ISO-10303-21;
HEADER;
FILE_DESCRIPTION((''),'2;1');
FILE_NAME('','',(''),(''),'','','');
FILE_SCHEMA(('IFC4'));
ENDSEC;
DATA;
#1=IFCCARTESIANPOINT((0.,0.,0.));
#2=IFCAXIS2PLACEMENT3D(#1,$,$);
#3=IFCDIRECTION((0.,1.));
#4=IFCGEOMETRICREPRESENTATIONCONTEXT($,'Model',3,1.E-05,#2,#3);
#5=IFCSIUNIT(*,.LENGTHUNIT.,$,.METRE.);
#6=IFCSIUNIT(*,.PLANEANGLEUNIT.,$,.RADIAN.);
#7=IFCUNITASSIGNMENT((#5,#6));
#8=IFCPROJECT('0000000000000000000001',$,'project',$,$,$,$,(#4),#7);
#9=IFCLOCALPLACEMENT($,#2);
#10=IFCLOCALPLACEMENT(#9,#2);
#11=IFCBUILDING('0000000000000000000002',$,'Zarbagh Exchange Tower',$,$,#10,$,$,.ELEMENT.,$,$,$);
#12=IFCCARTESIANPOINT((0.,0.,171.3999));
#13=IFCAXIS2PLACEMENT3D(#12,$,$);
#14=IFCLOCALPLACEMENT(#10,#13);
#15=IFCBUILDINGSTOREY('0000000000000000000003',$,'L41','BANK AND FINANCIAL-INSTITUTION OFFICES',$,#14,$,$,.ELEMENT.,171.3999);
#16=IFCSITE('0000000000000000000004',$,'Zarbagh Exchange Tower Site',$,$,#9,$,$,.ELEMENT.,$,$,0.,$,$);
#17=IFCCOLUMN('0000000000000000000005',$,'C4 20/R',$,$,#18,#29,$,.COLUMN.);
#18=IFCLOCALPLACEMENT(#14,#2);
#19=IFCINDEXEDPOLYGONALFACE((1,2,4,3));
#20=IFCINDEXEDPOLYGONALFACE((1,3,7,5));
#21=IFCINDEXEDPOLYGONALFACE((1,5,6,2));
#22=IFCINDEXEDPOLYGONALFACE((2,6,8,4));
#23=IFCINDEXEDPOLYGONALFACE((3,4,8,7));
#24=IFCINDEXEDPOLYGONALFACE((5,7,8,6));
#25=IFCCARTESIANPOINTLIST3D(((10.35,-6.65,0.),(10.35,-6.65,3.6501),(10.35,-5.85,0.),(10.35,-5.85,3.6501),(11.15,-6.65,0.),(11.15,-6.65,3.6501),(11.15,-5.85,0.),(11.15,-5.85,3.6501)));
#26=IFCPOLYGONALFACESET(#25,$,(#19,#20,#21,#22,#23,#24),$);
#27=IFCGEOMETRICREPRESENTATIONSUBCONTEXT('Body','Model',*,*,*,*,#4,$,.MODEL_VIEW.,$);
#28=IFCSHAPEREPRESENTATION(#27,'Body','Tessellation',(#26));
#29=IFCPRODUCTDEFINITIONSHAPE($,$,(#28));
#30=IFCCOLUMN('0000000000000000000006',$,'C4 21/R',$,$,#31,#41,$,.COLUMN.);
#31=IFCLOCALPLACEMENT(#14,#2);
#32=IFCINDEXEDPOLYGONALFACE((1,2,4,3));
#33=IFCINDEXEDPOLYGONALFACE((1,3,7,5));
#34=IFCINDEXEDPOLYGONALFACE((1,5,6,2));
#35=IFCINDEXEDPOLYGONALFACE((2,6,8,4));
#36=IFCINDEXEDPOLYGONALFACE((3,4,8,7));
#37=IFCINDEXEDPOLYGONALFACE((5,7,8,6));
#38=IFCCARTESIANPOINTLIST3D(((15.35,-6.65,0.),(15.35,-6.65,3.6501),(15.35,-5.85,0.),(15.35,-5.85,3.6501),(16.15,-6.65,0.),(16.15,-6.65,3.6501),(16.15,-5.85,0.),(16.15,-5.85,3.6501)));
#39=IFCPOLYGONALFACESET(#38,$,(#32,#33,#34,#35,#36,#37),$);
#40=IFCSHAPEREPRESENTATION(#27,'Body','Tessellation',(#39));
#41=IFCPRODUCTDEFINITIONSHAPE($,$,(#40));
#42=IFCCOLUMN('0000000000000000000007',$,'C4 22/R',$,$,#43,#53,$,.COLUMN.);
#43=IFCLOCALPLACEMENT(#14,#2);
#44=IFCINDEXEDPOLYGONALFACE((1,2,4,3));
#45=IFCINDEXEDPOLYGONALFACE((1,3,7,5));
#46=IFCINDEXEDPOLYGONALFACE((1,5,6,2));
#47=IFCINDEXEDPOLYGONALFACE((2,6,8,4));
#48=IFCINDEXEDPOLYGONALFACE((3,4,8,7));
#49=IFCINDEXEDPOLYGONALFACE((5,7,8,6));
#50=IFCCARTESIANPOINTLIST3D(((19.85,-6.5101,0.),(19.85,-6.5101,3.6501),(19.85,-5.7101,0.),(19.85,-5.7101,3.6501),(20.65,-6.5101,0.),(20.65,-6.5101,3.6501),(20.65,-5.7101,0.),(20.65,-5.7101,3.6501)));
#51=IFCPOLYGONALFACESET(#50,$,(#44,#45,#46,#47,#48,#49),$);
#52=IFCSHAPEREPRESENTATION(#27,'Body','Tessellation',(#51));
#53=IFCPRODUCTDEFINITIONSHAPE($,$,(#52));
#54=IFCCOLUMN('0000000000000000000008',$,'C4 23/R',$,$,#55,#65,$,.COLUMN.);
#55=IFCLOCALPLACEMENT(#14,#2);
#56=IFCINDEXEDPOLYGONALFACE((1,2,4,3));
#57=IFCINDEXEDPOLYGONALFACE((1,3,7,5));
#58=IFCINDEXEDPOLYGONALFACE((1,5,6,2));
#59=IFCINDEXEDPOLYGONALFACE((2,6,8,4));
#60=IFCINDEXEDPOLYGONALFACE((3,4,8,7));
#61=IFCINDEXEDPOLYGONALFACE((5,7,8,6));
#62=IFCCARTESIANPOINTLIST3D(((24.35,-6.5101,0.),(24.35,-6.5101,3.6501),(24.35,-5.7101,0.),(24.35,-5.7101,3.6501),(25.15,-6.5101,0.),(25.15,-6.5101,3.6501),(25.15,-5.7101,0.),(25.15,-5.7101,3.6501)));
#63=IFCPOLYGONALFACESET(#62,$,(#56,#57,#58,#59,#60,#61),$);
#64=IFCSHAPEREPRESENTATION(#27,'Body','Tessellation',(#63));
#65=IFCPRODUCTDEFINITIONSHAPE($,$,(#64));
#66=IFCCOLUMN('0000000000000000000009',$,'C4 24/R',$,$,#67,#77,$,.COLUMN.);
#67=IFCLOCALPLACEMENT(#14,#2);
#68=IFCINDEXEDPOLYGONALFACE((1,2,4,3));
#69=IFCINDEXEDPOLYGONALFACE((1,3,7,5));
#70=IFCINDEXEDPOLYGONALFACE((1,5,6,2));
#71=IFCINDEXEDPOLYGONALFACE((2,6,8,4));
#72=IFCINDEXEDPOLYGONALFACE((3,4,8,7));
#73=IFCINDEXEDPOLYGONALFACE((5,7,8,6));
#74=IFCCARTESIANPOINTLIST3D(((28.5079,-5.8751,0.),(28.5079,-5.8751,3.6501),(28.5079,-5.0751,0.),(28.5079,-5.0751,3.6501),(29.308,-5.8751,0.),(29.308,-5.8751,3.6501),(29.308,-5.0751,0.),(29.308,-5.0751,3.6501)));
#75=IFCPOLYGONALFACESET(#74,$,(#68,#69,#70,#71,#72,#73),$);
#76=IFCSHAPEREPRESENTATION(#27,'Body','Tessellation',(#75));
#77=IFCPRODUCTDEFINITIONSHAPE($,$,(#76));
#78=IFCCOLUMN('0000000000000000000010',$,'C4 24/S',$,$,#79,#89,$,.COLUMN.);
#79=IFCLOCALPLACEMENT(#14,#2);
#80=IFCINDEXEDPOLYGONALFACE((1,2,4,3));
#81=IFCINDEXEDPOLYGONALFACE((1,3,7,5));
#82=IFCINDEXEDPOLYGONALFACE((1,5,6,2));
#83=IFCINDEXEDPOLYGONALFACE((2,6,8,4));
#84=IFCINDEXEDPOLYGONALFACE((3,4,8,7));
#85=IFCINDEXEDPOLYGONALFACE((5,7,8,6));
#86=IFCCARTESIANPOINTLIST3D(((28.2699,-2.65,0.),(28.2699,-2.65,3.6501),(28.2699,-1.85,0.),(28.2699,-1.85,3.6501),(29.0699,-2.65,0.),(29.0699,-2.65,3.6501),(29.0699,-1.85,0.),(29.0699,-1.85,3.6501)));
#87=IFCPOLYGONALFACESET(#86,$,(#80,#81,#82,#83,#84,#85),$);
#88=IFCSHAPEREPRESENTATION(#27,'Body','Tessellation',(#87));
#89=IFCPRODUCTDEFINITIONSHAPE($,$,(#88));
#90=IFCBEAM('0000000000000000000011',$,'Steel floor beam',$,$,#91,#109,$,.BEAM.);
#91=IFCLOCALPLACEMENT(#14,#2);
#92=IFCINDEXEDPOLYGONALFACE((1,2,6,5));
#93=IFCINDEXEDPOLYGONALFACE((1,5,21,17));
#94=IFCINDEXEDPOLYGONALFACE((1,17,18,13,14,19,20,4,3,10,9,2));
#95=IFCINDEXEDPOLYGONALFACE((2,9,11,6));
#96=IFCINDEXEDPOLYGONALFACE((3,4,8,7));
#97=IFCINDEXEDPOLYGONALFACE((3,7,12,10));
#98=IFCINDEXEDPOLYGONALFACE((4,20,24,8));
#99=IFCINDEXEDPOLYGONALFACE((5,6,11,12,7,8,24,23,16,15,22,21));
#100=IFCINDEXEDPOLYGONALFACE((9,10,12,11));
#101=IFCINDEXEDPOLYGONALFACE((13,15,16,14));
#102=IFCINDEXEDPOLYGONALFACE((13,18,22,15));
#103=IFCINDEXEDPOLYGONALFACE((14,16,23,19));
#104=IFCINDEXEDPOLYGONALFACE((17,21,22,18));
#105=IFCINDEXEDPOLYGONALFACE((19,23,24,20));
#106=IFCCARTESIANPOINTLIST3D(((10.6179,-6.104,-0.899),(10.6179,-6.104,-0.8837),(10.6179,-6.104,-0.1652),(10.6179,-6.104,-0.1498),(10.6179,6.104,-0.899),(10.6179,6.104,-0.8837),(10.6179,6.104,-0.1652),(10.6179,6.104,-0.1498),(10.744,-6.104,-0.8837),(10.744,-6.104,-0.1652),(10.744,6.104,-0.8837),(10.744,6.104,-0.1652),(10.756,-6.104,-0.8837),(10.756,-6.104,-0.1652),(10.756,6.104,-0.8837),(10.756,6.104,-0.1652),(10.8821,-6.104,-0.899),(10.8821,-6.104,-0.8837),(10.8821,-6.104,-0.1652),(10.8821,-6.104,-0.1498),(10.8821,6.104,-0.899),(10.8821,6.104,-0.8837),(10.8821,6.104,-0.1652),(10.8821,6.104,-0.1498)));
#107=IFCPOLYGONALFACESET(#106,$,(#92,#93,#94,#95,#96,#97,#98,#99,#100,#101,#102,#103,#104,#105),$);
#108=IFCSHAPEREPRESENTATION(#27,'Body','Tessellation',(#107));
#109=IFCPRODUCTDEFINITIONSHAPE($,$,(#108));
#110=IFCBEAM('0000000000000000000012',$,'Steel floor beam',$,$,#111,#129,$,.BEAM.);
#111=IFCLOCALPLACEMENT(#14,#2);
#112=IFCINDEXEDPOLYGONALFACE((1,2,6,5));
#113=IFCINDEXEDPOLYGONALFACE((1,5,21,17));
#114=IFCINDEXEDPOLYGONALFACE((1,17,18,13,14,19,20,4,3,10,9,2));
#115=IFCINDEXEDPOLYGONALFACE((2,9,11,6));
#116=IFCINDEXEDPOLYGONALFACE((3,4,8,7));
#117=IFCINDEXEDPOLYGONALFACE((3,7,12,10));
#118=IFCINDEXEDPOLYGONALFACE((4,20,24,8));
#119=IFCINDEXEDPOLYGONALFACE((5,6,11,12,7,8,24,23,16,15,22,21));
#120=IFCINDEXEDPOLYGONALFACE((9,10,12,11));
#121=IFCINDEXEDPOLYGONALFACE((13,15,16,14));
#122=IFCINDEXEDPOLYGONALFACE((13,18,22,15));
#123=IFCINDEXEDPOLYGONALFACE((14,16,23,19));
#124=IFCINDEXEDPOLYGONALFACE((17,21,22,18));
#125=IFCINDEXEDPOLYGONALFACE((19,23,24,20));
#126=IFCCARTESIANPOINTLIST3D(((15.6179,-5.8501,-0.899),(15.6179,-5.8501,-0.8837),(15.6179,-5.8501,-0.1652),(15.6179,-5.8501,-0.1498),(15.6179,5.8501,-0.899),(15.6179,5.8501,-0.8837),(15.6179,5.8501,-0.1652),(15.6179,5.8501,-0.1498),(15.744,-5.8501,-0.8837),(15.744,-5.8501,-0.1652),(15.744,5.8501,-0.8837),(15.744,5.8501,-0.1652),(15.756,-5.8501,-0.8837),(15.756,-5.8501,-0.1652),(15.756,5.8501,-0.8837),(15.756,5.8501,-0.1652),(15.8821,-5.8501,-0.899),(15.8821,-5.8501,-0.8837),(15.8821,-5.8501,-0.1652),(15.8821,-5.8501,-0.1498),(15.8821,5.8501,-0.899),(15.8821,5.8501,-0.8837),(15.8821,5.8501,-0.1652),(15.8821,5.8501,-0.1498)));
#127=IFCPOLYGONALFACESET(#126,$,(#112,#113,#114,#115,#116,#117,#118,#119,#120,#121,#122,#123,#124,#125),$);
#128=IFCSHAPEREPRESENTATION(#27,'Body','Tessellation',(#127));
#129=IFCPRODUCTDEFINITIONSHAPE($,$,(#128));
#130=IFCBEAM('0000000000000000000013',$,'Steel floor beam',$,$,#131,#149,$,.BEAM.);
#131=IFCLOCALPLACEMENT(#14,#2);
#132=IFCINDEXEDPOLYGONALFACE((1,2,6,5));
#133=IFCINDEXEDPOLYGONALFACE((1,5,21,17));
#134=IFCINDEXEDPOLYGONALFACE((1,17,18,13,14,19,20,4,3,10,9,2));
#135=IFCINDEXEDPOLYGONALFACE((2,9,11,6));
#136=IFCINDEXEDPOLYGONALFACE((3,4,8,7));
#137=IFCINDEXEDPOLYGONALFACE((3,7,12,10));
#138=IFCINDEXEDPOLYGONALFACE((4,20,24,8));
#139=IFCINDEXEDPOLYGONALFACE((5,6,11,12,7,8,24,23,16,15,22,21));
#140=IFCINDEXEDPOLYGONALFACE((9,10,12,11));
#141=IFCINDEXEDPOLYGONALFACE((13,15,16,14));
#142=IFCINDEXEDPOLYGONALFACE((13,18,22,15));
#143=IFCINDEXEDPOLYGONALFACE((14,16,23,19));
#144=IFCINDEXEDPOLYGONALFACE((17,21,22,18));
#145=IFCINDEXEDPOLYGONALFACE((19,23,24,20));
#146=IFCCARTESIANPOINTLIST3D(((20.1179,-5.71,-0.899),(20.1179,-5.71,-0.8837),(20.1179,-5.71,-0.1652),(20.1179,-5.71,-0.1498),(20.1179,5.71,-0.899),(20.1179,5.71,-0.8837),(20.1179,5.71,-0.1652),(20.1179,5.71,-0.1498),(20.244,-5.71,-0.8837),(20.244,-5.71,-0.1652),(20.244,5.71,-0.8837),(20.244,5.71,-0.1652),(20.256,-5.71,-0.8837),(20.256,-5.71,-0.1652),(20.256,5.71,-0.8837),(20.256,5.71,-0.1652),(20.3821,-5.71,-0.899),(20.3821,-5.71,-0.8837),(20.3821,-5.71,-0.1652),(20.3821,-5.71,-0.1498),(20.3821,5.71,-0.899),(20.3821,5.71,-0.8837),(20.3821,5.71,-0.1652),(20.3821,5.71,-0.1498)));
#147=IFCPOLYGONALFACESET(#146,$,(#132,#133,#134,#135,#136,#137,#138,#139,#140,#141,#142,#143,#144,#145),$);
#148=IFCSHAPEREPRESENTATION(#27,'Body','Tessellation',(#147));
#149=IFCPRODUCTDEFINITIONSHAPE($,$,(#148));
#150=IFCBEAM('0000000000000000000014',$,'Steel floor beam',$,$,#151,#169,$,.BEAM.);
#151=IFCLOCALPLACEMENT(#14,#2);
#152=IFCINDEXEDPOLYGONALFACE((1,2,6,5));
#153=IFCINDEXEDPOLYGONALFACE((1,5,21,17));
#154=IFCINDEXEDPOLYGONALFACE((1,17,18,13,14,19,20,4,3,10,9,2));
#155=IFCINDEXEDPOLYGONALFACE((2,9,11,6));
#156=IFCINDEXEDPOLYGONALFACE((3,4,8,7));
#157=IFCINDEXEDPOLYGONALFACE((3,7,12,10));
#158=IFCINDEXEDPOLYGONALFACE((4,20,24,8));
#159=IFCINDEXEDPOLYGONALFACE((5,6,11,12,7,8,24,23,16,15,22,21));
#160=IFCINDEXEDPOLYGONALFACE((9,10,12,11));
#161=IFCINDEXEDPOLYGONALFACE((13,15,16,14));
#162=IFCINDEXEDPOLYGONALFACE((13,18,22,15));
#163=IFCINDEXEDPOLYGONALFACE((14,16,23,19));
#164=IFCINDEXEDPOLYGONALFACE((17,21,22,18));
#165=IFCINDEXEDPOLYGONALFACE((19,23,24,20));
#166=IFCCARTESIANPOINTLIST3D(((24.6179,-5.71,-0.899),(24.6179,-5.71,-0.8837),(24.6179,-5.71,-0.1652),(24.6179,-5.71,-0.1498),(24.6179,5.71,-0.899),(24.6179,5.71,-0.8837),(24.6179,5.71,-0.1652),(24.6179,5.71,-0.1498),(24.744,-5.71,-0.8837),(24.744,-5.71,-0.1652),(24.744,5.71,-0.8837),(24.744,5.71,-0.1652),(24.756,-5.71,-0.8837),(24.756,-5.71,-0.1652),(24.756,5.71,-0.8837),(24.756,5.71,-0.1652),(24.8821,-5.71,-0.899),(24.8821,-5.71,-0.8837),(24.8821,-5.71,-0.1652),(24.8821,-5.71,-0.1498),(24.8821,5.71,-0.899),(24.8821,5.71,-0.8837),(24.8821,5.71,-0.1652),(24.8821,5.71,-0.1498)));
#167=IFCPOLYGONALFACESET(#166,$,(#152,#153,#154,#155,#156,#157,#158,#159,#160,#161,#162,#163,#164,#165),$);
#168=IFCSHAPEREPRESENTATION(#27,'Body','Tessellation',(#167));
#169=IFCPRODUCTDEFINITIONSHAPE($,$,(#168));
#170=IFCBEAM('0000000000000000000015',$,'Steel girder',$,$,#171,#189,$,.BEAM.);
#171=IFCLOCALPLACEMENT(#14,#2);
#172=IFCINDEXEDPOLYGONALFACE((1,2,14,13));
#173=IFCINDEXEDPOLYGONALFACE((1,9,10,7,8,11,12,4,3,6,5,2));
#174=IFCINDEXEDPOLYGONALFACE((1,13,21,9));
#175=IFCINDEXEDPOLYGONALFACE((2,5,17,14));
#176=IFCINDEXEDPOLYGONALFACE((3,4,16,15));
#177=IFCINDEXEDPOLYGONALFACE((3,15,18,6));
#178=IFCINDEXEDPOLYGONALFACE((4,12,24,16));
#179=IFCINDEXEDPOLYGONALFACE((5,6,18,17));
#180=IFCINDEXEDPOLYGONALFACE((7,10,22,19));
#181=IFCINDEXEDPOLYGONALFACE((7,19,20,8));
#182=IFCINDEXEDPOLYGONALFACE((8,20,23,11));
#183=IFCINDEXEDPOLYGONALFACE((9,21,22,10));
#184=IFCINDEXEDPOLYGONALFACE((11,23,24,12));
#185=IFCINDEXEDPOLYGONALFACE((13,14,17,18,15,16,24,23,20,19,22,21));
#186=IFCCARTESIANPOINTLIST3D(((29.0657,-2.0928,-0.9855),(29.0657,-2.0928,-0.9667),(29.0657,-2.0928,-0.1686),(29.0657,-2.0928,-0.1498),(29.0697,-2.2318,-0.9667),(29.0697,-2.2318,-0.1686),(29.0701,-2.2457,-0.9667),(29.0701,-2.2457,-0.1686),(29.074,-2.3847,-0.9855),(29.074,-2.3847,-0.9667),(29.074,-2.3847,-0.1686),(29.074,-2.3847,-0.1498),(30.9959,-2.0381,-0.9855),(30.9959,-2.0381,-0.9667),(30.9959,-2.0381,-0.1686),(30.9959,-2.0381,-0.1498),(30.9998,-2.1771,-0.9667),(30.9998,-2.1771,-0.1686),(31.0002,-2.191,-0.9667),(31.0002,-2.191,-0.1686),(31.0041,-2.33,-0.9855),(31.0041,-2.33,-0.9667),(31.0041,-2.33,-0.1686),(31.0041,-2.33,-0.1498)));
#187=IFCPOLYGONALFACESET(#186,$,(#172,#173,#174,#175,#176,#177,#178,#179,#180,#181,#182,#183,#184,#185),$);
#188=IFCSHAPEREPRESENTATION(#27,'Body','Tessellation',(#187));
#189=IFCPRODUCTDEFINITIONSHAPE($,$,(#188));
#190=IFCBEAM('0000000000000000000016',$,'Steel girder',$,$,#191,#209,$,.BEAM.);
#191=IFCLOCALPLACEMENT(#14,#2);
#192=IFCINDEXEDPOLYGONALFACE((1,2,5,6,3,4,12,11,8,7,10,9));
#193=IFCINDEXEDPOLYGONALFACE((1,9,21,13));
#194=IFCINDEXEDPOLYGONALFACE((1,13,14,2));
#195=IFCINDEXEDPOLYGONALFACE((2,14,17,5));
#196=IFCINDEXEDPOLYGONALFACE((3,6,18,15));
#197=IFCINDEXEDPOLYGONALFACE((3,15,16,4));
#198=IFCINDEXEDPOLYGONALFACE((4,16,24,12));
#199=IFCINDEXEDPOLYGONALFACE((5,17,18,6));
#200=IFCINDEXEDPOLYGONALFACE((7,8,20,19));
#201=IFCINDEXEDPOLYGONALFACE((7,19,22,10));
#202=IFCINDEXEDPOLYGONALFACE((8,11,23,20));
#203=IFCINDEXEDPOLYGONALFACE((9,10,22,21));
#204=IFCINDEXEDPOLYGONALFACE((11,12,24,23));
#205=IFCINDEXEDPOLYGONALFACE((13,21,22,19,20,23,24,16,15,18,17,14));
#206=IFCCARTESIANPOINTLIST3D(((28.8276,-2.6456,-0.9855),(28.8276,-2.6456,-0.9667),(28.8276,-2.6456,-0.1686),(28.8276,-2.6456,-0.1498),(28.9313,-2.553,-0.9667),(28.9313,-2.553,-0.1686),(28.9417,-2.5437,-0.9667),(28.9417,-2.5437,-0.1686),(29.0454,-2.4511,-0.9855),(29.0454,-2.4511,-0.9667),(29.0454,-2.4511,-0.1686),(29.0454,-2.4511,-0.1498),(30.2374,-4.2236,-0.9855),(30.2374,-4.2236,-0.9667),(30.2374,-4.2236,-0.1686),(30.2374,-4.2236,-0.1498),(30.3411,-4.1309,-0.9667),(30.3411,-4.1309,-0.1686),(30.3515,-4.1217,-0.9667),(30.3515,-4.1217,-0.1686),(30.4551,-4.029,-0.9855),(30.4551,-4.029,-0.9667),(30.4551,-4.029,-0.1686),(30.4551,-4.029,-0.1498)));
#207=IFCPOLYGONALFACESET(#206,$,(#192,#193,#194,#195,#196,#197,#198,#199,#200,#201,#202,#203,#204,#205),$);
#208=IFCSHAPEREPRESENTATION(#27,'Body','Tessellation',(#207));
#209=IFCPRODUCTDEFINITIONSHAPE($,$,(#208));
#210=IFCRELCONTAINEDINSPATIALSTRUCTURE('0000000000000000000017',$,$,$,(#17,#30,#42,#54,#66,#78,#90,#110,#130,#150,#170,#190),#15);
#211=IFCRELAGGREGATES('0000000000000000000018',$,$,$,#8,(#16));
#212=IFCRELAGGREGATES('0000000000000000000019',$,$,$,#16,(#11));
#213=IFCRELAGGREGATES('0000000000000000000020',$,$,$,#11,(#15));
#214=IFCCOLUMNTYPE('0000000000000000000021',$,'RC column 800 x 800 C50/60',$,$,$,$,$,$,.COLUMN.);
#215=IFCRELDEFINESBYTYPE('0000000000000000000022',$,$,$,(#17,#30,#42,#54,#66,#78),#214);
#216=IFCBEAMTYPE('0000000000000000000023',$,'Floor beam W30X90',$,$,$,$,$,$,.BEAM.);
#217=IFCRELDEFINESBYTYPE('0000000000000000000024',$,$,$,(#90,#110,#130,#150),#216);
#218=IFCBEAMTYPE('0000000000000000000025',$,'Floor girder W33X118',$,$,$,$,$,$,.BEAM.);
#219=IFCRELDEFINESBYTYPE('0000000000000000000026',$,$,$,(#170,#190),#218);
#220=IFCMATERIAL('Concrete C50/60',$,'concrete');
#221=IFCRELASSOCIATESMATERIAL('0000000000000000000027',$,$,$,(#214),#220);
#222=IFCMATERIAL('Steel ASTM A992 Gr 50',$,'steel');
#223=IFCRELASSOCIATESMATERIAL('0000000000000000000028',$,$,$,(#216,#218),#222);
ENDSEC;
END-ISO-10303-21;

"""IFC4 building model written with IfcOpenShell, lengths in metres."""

from ifc_helpers import new_model, si_unit, direction, frame, origin, origin_2d, place, context, subcontext, project, spatial, rectangle, i_section, extrude, material, material_profile, profile_set, type_object, element, save


model = new_model("IFC4")

# Units and contexts
model_context = context("Model", 3, precision=1e-05, world=origin(), true_north=direction((0.0, 1.0)))
body_context = subcontext(model_context, "Body", "Model", "MODEL_VIEW")
ifc_project = project(units=[si_unit("LENGTHUNIT", "METRE"), si_unit("PLANEANGLEUNIT", "RADIAN")], contexts=[model_context])

# Site, building, storey
site_placement = place(None, origin())
site = spatial("IfcSite", under=ifc_project, at=site_placement, Name="Zarbagh Exchange Tower Site", CompositionType="ELEMENT", RefElevation=0.0)
building_placement = place(site_placement, origin())
building = spatial("IfcBuilding", under=site, at=building_placement, Name="Zarbagh Exchange Tower", CompositionType="ELEMENT")
storey_placement = place(building_placement, frame((0.0, 0.0, 171.3999)))
storey = spatial("IfcBuildingStorey", under=building, at=storey_placement, Name="L41", Description="BANK AND FINANCIAL-INSTITUTION OFFICES", CompositionType="ELEMENT", Elevation=171.3999)

# Columns
ifc_material_1 = material(Name="Concrete C50/60", Category="concrete")
ifc_material_profile_1 = material_profile(ifc_material_1, rectangle(XDim=0.8, YDim=0.8, at=origin_2d()), Name="RC column 800 x 800 C50/60")
ifc_profile_set_1 = profile_set([ifc_material_profile_1], Name="Concrete C50/60")
column_type = type_object("IfcColumnType", Name="RC column 800 x 800 C50/60", PredefinedType="COLUMN", material=ifc_profile_set_1)
for number, where, z_axis, x_axis, name in (
    (1, (10.75, -6.25, 0.0), (0.0, 0.0, 1.0), (1.0, 0.0, 0.0), "C4 20/R"),
    (2, (15.75, -6.25, 0.0), (0.0, 0.0, 1.0), (1.0, 0.0, 0.0), "C4 21/R"),
    (3, (20.25, -6.1101, 0.0), (0.0, 0.0, 1.0), (1.0, 0.0, 0.0), "C4 22/R"),
    (4, (24.75, -6.1101, 0.0), (0.0, 0.0, 1.0), (1.0, 0.0, 0.0), "C4 23/R"),
    (5, (28.908, -5.4751, 0.0), (0.0, 0.0, 1.0), (1.0, 0.0, 0.0), "C4 24/R"),
    (6, (28.6699, -2.25, 0.0), (0.0, 0.0, 1.0), (1.0, 0.0, 0.0), "C4 24/S"),
):
    element("IfcColumn", number, at=place(storey_placement, frame(where, z_axis=z_axis, x_axis=x_axis)), inside=storey, type_object=column_type, Name=name, PredefinedType="COLUMN", context=body_context, shape_type="SweptSolid", body=[
        extrude(rectangle(XDim=0.8, YDim=0.8, at=origin_2d()), origin(), (0.0, 0.0, 1.0), 3.6501),
    ])

# Beams
ifc_material_2 = material(Name="Steel ASTM A992 Gr 50", Category="steel")
ifc_material_profile_2 = material_profile(ifc_material_2, i_section(OverallWidth=0.2642, OverallDepth=0.7493, WebThickness=0.012, FlangeThickness=0.0154, at=origin_2d()), Name="W30X90")
ifc_profile_set_2 = profile_set([ifc_material_profile_2], Name="Steel ASTM A992 Gr 50")
beam_type_1 = type_object("IfcBeamType", Name="Floor beam W30X90", PredefinedType="BEAM", material=ifc_profile_set_2)
beam_1_placement = place(storey_placement, frame((10.75, -6.104, -0.5244), z_axis=(0.0, 1.0, 0.0), x_axis=(-1.0, 0.0, 0.0)))
element("IfcBeam", 7, at=beam_1_placement, inside=storey, type_object=beam_type_1, Name="Steel floor beam", PredefinedType="BEAM", context=body_context, shape_type="SweptSolid", body=[
    extrude(i_section(OverallWidth=0.2642, OverallDepth=0.7493, WebThickness=0.012, FlangeThickness=0.0154, at=origin_2d()), origin(), (0.0, 0.0, 1.0), 12.208),
])
beam_2_placement = place(storey_placement, frame((15.75, -5.8501, -0.5244), z_axis=(0.0, 1.0, 0.0), x_axis=(-1.0, 0.0, 0.0)))
element("IfcBeam", 8, at=beam_2_placement, inside=storey, type_object=beam_type_1, Name="Steel floor beam", PredefinedType="BEAM", context=body_context, shape_type="SweptSolid", body=[
    extrude(i_section(OverallWidth=0.2642, OverallDepth=0.7493, WebThickness=0.012, FlangeThickness=0.0154, at=origin_2d()), origin(), (0.0, 0.0, 1.0), 11.7002),
])
for number, where, z_axis, x_axis, name in (
    (9, (20.25, -5.71, -0.5244), (0.0, 1.0, 0.0), (-1.0, 0.0, 0.0), "Steel floor beam"),
    (10, (24.75, -5.71, -0.5244), (0.0, 1.0, 0.0), (-1.0, 0.0, 0.0), "Steel floor beam"),
):
    element("IfcBeam", number, at=place(storey_placement, frame(where, z_axis=z_axis, x_axis=x_axis)), inside=storey, type_object=beam_type_1, Name=name, PredefinedType="BEAM", context=body_context, shape_type="SweptSolid", body=[
        extrude(i_section(OverallWidth=0.2642, OverallDepth=0.7493, WebThickness=0.012, FlangeThickness=0.0154, at=origin_2d()), origin(), (0.0, 0.0, 1.0), 11.4199),
    ])
ifc_material_profile_3 = material_profile(ifc_material_2, i_section(OverallWidth=0.292, OverallDepth=0.8357, WebThickness=0.0139, FlangeThickness=0.0188, at=origin_2d()), Name="W33X118")
ifc_profile_set_3 = profile_set([ifc_material_profile_3], Name="Steel ASTM A992 Gr 50")
beam_type_2 = type_object("IfcBeamType", Name="Floor girder W33X118", PredefinedType="BEAM", material=ifc_profile_set_3)
beam_3_placement = place(storey_placement, frame((31.0, -2.1841, -0.5676), z_axis=(-0.999599, -0.028322, 0.0), x_axis=(0.028322, -0.999599, 0.0)))
element("IfcBeam", 11, at=beam_3_placement, inside=storey, type_object=beam_type_2, Name="Steel girder", PredefinedType="BEAM", context=body_context, shape_type="SweptSolid", body=[
    extrude(i_section(OverallWidth=0.292, OverallDepth=0.8357, WebThickness=0.0139, FlangeThickness=0.0188, at=origin_2d()), origin(), (0.0, 0.0, 1.0), 1.9309),
])
beam_4_placement = place(storey_placement, frame((28.9365, -2.5483, -0.5676), z_axis=(0.666238, -0.745739, 0.0), x_axis=(0.745739, 0.666238, 0.0)))
element("IfcBeam", 12, at=beam_4_placement, inside=storey, type_object=beam_type_2, Name="Steel girder", PredefinedType="BEAM", context=body_context, shape_type="SweptSolid", body=[
    extrude(i_section(OverallWidth=0.292, OverallDepth=0.8357, WebThickness=0.0139, FlangeThickness=0.0188, at=origin_2d()), origin(), (0.0, 0.0, 1.0), 2.116),
])

save(model, "model.ifc")
